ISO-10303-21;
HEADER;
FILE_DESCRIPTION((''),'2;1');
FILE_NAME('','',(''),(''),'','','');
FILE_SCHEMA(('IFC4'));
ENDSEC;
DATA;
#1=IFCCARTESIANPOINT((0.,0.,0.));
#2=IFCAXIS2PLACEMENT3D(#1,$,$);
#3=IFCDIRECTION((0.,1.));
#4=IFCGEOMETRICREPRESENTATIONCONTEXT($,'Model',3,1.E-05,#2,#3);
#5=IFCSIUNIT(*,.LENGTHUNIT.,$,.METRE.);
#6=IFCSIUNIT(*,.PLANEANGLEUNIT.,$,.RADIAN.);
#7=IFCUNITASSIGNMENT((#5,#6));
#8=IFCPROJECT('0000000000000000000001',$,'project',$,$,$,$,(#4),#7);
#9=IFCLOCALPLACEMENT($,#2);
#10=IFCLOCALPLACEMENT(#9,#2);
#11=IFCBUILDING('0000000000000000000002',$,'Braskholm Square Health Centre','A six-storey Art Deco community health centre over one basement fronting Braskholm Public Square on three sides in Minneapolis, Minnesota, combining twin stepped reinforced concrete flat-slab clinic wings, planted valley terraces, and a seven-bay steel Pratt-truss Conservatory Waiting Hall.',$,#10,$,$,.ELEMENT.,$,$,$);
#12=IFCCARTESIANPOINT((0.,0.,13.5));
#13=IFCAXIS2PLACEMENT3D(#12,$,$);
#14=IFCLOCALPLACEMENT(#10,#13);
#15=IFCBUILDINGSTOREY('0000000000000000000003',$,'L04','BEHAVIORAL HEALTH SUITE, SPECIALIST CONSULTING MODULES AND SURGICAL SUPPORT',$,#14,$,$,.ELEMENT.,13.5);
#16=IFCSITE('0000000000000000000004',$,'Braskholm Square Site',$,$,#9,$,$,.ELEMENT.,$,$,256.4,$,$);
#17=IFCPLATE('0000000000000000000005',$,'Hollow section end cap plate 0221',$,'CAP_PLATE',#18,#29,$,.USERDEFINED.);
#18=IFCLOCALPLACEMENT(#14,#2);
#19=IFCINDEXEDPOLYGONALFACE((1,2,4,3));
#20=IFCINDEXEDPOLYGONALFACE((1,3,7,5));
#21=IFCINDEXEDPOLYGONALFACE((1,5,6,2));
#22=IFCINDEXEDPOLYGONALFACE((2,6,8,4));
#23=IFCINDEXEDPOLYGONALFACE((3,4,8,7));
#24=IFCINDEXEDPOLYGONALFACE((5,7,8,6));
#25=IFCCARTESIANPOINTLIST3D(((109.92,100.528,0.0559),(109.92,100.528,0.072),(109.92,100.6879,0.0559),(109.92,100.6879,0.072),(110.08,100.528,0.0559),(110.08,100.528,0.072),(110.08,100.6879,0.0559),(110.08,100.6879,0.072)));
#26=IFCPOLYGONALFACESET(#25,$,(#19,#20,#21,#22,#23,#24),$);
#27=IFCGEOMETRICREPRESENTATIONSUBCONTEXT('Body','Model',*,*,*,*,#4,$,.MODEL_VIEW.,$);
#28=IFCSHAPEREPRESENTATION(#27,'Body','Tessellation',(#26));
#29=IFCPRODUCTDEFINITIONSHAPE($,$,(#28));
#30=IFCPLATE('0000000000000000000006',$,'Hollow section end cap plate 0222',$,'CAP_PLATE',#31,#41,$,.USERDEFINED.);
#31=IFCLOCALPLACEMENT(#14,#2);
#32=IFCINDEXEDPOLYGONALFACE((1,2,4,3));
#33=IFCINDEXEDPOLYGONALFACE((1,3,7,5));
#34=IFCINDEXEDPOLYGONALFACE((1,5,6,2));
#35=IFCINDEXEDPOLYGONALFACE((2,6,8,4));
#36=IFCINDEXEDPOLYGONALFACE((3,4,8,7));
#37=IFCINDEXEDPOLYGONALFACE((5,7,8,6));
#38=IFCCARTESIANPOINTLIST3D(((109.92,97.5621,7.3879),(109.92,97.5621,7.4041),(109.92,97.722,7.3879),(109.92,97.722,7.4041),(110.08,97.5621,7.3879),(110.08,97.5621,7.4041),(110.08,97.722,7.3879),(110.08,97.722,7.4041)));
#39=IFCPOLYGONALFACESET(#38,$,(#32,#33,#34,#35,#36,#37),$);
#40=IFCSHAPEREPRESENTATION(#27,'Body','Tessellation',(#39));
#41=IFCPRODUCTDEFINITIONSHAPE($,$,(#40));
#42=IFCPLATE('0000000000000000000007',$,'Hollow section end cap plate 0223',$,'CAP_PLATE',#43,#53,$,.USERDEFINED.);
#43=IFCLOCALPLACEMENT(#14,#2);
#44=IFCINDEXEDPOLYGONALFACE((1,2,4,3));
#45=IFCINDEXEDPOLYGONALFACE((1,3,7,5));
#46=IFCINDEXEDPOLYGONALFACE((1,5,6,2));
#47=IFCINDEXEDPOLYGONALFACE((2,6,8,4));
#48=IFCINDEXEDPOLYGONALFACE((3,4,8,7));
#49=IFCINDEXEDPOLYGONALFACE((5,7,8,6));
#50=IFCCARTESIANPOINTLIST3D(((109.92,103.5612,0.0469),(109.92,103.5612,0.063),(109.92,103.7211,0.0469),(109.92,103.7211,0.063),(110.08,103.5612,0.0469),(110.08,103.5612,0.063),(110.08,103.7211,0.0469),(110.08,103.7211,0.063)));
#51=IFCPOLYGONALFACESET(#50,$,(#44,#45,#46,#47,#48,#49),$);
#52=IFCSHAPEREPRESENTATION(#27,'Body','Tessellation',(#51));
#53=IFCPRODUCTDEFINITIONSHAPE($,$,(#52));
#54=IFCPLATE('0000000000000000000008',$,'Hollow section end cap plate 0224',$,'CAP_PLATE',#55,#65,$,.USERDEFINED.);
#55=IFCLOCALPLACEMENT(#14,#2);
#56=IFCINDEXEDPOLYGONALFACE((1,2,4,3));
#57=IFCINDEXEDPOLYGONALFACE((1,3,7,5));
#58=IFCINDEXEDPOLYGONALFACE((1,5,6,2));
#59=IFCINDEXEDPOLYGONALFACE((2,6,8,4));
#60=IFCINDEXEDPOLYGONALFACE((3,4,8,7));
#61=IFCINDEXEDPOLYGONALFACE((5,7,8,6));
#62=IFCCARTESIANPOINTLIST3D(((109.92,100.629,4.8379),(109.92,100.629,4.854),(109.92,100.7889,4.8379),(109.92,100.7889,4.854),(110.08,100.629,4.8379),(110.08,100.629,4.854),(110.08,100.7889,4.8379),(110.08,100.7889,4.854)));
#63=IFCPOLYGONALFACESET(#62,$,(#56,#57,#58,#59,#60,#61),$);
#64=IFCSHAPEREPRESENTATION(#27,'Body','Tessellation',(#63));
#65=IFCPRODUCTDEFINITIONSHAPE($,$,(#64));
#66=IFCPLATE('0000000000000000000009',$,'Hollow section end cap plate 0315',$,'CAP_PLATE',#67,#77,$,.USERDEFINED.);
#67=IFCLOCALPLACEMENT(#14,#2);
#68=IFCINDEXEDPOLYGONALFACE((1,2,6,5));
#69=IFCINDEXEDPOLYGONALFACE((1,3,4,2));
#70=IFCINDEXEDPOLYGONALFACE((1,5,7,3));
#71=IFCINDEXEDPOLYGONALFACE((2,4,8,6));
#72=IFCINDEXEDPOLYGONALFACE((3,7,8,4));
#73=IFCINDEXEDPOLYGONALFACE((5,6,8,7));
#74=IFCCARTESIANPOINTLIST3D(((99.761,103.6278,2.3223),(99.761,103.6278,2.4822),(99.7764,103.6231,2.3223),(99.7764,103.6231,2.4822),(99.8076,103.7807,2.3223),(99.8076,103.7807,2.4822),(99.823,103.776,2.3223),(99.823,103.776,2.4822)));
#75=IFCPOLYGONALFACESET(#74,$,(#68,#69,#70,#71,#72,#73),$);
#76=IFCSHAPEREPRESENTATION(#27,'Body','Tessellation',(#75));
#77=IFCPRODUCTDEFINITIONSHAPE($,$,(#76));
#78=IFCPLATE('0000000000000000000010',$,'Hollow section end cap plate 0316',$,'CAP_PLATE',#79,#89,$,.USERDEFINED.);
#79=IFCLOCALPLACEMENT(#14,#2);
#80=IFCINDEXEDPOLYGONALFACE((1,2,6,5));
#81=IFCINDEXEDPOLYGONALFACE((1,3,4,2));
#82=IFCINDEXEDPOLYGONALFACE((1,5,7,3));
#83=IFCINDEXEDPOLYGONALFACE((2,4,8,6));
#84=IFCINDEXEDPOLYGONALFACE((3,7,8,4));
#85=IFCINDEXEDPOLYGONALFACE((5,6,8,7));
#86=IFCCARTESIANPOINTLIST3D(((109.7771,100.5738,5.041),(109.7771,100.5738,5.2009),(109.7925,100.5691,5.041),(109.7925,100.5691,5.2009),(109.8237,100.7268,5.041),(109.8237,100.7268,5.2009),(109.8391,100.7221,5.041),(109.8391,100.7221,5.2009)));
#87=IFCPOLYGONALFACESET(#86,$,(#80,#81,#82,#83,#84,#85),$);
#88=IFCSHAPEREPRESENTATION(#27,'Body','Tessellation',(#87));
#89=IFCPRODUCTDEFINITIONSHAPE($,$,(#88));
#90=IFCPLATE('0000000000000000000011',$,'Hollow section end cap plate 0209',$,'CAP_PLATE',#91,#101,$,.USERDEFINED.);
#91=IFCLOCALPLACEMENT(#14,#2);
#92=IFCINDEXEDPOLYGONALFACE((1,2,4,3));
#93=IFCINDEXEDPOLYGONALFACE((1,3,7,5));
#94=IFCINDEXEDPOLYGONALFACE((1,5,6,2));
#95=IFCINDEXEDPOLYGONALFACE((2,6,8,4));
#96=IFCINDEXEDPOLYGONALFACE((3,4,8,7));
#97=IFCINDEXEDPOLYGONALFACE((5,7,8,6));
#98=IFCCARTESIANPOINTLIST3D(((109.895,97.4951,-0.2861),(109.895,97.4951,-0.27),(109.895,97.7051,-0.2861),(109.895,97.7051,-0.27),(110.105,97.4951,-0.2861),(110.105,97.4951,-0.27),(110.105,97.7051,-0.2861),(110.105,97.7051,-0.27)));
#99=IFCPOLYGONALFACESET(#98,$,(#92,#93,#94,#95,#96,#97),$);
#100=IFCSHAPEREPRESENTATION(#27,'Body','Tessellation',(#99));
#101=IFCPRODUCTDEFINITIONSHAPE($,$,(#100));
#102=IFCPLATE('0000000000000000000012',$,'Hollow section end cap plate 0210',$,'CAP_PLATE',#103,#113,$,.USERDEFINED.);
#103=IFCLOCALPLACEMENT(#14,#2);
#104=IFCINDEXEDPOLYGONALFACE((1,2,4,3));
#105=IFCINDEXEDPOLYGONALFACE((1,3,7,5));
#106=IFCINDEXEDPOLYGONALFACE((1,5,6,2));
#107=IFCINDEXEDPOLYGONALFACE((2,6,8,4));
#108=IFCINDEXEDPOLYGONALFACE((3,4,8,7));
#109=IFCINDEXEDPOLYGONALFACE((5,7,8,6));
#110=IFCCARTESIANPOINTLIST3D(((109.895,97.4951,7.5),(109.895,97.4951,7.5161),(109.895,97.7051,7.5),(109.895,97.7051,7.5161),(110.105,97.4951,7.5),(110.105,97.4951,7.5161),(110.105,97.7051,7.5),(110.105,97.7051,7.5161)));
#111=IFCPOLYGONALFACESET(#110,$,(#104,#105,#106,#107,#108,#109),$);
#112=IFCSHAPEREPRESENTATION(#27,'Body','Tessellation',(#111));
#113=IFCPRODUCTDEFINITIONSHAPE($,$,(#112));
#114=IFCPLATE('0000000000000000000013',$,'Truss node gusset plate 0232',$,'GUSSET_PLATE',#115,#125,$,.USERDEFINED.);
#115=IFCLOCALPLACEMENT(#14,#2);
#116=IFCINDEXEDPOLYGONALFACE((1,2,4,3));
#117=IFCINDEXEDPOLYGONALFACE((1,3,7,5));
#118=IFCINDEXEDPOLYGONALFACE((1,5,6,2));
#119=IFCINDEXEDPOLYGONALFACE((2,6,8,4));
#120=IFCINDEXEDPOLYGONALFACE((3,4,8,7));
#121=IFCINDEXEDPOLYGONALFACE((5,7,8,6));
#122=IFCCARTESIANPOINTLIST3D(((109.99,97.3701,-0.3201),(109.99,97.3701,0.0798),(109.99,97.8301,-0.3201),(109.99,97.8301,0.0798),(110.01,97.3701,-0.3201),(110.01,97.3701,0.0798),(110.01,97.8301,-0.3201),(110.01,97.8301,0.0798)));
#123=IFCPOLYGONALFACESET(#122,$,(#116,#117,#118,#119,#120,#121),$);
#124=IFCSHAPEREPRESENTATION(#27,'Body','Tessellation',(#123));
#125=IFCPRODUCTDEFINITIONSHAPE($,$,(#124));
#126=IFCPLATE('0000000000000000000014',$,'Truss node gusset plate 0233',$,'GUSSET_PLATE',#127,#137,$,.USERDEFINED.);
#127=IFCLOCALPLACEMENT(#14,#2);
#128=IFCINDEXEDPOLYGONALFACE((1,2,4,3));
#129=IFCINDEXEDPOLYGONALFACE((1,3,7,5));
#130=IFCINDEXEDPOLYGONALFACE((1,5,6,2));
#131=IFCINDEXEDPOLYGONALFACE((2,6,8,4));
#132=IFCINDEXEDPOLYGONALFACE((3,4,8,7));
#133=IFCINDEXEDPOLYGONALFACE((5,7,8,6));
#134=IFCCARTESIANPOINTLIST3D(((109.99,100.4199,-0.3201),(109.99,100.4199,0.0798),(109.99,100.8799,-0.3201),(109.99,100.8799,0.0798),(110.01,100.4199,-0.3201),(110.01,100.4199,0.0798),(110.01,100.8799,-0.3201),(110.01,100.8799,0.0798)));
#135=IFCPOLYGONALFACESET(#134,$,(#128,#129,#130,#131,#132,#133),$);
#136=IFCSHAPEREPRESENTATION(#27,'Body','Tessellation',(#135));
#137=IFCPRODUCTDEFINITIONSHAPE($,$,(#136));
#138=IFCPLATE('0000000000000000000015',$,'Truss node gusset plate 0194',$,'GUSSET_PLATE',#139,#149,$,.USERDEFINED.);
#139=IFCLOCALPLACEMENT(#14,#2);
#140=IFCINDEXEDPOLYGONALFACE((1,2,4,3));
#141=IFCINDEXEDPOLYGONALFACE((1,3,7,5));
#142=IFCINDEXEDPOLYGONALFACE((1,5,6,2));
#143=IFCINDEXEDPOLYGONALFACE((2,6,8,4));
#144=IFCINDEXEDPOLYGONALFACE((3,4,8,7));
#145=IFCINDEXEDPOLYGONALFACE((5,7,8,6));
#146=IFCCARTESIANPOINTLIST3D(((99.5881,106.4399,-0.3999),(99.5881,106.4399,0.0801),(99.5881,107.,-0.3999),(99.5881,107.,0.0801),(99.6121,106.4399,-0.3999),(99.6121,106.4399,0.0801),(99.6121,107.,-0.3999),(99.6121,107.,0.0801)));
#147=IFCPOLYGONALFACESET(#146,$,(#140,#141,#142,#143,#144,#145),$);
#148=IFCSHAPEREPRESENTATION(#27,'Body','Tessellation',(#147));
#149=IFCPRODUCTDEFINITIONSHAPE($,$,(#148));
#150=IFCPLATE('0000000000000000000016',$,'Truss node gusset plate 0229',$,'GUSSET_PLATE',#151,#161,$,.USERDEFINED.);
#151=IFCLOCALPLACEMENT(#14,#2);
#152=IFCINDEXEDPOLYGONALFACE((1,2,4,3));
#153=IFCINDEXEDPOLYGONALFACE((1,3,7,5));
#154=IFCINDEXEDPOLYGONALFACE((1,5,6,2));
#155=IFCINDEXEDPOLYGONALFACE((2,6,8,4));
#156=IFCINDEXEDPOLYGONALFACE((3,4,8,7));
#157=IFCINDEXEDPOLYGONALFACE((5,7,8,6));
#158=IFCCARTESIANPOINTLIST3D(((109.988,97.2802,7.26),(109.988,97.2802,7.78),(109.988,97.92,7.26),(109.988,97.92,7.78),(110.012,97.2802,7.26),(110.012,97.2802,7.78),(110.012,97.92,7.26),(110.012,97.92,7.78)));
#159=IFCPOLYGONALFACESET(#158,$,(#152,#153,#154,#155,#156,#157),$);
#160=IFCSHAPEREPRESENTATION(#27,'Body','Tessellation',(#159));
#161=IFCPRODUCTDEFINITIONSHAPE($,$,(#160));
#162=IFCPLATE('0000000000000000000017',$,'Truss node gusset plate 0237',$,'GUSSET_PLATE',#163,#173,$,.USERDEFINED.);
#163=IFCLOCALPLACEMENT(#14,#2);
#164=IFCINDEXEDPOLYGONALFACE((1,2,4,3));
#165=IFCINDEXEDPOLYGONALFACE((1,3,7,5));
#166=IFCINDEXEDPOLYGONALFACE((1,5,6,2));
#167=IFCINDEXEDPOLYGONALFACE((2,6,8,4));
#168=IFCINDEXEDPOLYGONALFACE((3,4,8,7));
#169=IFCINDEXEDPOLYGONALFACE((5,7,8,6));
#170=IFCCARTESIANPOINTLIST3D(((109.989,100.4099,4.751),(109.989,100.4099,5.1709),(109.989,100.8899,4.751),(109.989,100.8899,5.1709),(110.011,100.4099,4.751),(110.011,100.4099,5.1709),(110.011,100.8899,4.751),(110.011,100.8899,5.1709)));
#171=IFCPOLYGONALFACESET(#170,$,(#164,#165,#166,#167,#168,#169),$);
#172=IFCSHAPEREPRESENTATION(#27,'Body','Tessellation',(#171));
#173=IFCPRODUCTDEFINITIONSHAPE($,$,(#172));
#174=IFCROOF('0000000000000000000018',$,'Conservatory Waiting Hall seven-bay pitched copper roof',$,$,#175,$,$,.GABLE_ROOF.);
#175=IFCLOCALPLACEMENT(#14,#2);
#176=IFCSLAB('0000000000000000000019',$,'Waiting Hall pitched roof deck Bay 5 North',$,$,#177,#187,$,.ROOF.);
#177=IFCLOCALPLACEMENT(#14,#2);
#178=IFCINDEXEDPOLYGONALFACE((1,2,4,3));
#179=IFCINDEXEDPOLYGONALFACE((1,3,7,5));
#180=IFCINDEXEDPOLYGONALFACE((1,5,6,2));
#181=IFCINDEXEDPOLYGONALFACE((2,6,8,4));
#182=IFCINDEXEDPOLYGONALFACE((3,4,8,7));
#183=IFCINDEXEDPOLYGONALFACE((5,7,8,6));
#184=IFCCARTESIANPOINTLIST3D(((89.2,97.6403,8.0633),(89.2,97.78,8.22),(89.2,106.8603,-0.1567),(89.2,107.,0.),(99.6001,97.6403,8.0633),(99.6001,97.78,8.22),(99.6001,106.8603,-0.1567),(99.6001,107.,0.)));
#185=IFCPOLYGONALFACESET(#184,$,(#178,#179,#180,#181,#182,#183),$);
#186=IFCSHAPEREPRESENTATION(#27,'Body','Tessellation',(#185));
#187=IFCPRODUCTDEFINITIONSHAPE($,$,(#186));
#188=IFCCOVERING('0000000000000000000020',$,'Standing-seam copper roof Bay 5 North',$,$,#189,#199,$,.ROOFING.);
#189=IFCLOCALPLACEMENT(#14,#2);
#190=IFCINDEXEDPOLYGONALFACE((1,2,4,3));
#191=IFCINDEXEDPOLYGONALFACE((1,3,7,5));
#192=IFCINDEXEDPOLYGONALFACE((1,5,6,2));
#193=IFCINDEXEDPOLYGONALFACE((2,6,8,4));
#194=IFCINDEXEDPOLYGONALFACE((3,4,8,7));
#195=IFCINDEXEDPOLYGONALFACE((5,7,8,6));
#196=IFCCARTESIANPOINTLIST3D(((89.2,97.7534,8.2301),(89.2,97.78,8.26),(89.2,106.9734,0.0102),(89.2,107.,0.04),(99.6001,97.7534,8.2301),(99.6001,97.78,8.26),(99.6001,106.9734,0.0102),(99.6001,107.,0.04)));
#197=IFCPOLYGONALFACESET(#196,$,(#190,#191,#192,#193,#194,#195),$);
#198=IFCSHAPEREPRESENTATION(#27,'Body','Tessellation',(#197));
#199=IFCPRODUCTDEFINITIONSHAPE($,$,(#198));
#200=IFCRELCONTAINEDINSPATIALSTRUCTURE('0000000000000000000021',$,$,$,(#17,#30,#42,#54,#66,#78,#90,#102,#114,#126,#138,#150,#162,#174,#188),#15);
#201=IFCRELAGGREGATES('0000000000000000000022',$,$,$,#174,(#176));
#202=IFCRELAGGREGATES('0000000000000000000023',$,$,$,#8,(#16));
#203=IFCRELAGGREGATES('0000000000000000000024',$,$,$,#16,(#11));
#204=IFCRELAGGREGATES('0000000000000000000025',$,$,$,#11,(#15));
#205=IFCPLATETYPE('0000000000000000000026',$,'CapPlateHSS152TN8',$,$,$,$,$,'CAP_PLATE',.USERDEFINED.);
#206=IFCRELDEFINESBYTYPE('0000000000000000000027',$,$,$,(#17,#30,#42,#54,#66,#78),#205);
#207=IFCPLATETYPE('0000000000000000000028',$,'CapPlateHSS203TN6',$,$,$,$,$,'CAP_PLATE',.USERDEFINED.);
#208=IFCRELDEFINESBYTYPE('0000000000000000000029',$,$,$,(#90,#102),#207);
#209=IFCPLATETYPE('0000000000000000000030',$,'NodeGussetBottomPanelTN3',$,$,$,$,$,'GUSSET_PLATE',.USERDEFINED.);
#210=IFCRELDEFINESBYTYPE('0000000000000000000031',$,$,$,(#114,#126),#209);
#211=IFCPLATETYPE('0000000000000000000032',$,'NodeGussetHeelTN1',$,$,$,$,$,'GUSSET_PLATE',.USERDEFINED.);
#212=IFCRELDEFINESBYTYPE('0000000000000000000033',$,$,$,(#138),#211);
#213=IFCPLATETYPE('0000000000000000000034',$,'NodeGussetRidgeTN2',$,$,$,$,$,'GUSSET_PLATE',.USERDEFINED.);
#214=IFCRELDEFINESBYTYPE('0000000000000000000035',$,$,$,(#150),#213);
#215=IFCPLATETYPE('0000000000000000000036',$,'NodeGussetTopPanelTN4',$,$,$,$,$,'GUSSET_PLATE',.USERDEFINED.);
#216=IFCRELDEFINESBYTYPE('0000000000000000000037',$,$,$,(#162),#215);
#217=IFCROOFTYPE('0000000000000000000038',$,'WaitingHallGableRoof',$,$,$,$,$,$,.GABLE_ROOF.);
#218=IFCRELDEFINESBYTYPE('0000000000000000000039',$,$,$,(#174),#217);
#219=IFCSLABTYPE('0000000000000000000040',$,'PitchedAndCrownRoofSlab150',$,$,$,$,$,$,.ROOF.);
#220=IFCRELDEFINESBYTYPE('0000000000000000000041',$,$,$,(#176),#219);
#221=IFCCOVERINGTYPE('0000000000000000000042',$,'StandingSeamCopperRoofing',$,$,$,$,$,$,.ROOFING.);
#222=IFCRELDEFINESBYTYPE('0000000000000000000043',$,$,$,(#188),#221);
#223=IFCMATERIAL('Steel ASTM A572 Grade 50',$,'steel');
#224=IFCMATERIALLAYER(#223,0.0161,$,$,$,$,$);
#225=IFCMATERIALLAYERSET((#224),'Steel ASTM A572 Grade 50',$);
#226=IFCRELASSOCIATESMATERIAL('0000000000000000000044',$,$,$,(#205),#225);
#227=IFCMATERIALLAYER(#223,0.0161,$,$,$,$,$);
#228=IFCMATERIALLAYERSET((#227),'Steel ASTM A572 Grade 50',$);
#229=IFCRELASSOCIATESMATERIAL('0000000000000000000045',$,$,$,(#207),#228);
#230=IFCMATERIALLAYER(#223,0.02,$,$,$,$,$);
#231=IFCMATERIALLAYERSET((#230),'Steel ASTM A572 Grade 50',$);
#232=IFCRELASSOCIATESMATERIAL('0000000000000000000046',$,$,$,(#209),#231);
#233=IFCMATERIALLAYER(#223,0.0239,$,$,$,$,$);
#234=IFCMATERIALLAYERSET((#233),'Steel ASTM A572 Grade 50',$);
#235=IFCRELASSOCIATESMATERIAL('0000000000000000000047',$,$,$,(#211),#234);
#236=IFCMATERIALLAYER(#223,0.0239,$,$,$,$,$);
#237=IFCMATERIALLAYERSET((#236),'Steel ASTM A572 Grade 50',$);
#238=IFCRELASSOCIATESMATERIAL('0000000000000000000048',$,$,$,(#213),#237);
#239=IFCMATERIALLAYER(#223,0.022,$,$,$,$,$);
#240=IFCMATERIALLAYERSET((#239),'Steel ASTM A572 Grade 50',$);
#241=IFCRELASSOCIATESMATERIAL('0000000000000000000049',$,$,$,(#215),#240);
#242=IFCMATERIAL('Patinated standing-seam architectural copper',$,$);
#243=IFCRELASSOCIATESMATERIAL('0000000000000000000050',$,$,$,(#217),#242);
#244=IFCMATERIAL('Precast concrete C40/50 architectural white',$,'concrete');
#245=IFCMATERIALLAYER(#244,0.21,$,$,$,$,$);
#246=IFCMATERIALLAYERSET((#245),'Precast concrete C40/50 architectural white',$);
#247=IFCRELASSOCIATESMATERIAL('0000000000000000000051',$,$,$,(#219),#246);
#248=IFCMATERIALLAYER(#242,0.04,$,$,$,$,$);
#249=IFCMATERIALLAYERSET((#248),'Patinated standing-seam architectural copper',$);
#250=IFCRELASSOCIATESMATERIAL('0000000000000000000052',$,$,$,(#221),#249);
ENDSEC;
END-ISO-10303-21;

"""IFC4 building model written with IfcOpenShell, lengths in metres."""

from ifc_helpers import new_model, si_unit, direction, frame, origin, origin_2d, place, context, subcontext, project, spatial, polyline, rectangle, outline, extrude, material, layer, layer_set, type_object, element, aggregate, save


model = new_model("IFC4")

# Units and contexts
model_context = context("Model", 3, precision=1e-05, world=origin(), true_north=direction((0.0, 1.0)))
body_context = subcontext(model_context, "Body", "Model", "MODEL_VIEW")
ifc_project = project(units=[si_unit("LENGTHUNIT", "METRE"), si_unit("PLANEANGLEUNIT", "RADIAN")], contexts=[model_context])

# Site, building, storey
site_placement = place(None, origin())
site = spatial("IfcSite", under=ifc_project, at=site_placement, Name="Braskholm Square Site", CompositionType="ELEMENT", RefElevation=256.4)
building_placement = place(site_placement, origin())
building = spatial("IfcBuilding", under=site, at=building_placement, Name="Braskholm Square Health Centre", Description="A six-storey Art Deco community health centre over one basement fronting Braskholm Public Square on three sides in Minneapolis, Minnesota, combining twin stepped reinforced concrete flat-slab clinic wings, planted valley terraces, and a seven-bay steel Pratt-truss Conservatory Waiting Hall.", CompositionType="ELEMENT")
storey_placement = place(building_placement, frame((0.0, 0.0, 13.5)))
storey = spatial("IfcBuildingStorey", under=building, at=storey_placement, Name="L04", Description="BEHAVIORAL HEALTH SUITE, SPECIALIST CONSULTING MODULES AND SURGICAL SUPPORT", CompositionType="ELEMENT", Elevation=13.5)

# Plates
ifc_material_1 = material(Name="Steel ASTM A572 Grade 50", Category="steel")
ifc_layer_1 = layer(ifc_material_1, 0.0161)
ifc_layer_set_1 = layer_set([ifc_layer_1], Name="Steel ASTM A572 Grade 50")
plate_type_1 = type_object("IfcPlateType", Name="CapPlateHSS152TN8", ElementType="CAP_PLATE", PredefinedType="USERDEFINED", material=ifc_layer_set_1)
for number, where, z_axis, x_axis, name in (
    (1, (110.0, 100.6079, 0.0559), (0.0, 0.0, 1.0), (1.0, 0.0, 0.0), "Hollow section end cap plate 0221"),
    (2, (110.0, 97.6421, 7.3879), (0.0, 0.0, 1.0), (1.0, 0.0, 0.0), "Hollow section end cap plate 0222"),
    (3, (110.0, 103.6411, 0.0469), (0.0, 0.0, 1.0), (1.0, 0.0, 0.0), "Hollow section end cap plate 0223"),
    (4, (110.0, 100.709, 4.8379), (0.0, 0.0, 1.0), (1.0, 0.0, 0.0), "Hollow section end cap plate 0224"),
):
    element("IfcPlate", number, at=place(storey_placement, frame(where, z_axis=z_axis, x_axis=x_axis)), inside=storey, type_object=plate_type_1, Name=name, ObjectType="CAP_PLATE", PredefinedType="USERDEFINED", context=body_context, shape_type="SweptSolid", body=[
        extrude(rectangle(XDim=0.1599, YDim=0.1599, at=origin_2d()), origin(), (0.0, 0.0, 1.0), 0.0161),
    ])
for number, where, z_axis, x_axis, name in (
    (5, (99.792, 103.7019, 2.3223), (0.0, 0.0, 1.0), (0.956498, -0.291737, 0.0), "Hollow section end cap plate 0315"),
    (6, (109.8081, 100.6479, 5.041), (0.0, 0.0, 1.0), (0.956498, -0.291737, 0.0), "Hollow section end cap plate 0316"),
):
    element("IfcPlate", number, at=place(storey_placement, frame(where, z_axis=z_axis, x_axis=x_axis)), inside=storey, type_object=plate_type_1, Name=name, ObjectType="CAP_PLATE", PredefinedType="USERDEFINED", context=body_context, shape_type="SweptSolid", body=[
        extrude(rectangle(XDim=0.0161, YDim=0.1599, at=origin_2d()), origin(), (0.0, 0.0, 1.0), 0.1599),
    ])
ifc_layer_2 = layer(ifc_material_1, 0.0161)
ifc_layer_set_2 = layer_set([ifc_layer_2], Name="Steel ASTM A572 Grade 50")
plate_type_2 = type_object("IfcPlateType", Name="CapPlateHSS203TN6", ElementType="CAP_PLATE", PredefinedType="USERDEFINED", material=ifc_layer_set_2)
for number, where, z_axis, x_axis, name in (
    (7, (110.0, 97.6001, -0.2861), (0.0, 0.0, 1.0), (1.0, 0.0, 0.0), "Hollow section end cap plate 0209"),
    (8, (110.0, 97.6001, 7.5), (0.0, 0.0, 1.0), (1.0, 0.0, 0.0), "Hollow section end cap plate 0210"),
):
    element("IfcPlate", number, at=place(storey_placement, frame(where, z_axis=z_axis, x_axis=x_axis)), inside=storey, type_object=plate_type_2, Name=name, ObjectType="CAP_PLATE", PredefinedType="USERDEFINED", context=body_context, shape_type="SweptSolid", body=[
        extrude(rectangle(XDim=0.21, YDim=0.21, at=origin_2d()), origin(), (0.0, 0.0, 1.0), 0.0161),
    ])
ifc_layer_3 = layer(ifc_material_1, 0.02)
ifc_layer_set_3 = layer_set([ifc_layer_3], Name="Steel ASTM A572 Grade 50")
plate_type_3 = type_object("IfcPlateType", Name="NodeGussetBottomPanelTN3", ElementType="GUSSET_PLATE", PredefinedType="USERDEFINED", material=ifc_layer_set_3)
for number, where, z_axis, x_axis, name in (
    (9, (110.0, 97.6001, -0.3201), (0.0, 0.0, 1.0), (1.0, 0.0, 0.0), "Truss node gusset plate 0232"),
    (10, (110.0, 100.6499, -0.3201), (0.0, 0.0, 1.0), (1.0, 0.0, 0.0), "Truss node gusset plate 0233"),
):
    element("IfcPlate", number, at=place(storey_placement, frame(where, z_axis=z_axis, x_axis=x_axis)), inside=storey, type_object=plate_type_3, Name=name, ObjectType="GUSSET_PLATE", PredefinedType="USERDEFINED", context=body_context, shape_type="SweptSolid", body=[
        extrude(rectangle(XDim=0.02, YDim=0.46, at=origin_2d()), origin(), (0.0, 0.0, 1.0), 0.3999),
    ])
ifc_layer_4 = layer(ifc_material_1, 0.0239)
ifc_layer_set_4 = layer_set([ifc_layer_4], Name="Steel ASTM A572 Grade 50")
plate_type_4 = type_object("IfcPlateType", Name="NodeGussetHeelTN1", ElementType="GUSSET_PLATE", PredefinedType="USERDEFINED", material=ifc_layer_set_4)
plate_1_placement = place(storey_placement, frame((99.6001, 106.72, -0.3999), z_axis=(0.0, 0.0, 1.0), x_axis=(1.0, 0.0, 0.0)))
element("IfcPlate", 11, at=plate_1_placement, inside=storey, type_object=plate_type_4, Name="Truss node gusset plate 0194", ObjectType="GUSSET_PLATE", PredefinedType="USERDEFINED", context=body_context, shape_type="SweptSolid", body=[
    extrude(rectangle(XDim=0.0239, YDim=0.5601, at=origin_2d()), origin(), (0.0, 0.0, 1.0), 0.48),
])
ifc_layer_5 = layer(ifc_material_1, 0.0239)
ifc_layer_set_5 = layer_set([ifc_layer_5], Name="Steel ASTM A572 Grade 50")
plate_type_5 = type_object("IfcPlateType", Name="NodeGussetRidgeTN2", ElementType="GUSSET_PLATE", PredefinedType="USERDEFINED", material=ifc_layer_set_5)
plate_2_placement = place(storey_placement, frame((110.0, 97.6001, 7.26), z_axis=(0.0, 0.0, 1.0), x_axis=(1.0, 0.0, 0.0)))
element("IfcPlate", 12, at=plate_2_placement, inside=storey, type_object=plate_type_5, Name="Truss node gusset plate 0229", ObjectType="GUSSET_PLATE", PredefinedType="USERDEFINED", context=body_context, shape_type="SweptSolid", body=[
    extrude(rectangle(XDim=0.0239, YDim=0.6399, at=origin_2d()), origin(), (0.0, 0.0, 1.0), 0.52),
])
ifc_layer_6 = layer(ifc_material_1, 0.022)
ifc_layer_set_6 = layer_set([ifc_layer_6], Name="Steel ASTM A572 Grade 50")
plate_type_6 = type_object("IfcPlateType", Name="NodeGussetTopPanelTN4", ElementType="GUSSET_PLATE", PredefinedType="USERDEFINED", material=ifc_layer_set_6)
plate_3_placement = place(storey_placement, frame((110.0, 100.6499, 4.751), z_axis=(0.0, 0.0, 1.0), x_axis=(1.0, 0.0, 0.0)))
element("IfcPlate", 13, at=plate_3_placement, inside=storey, type_object=plate_type_6, Name="Truss node gusset plate 0237", ObjectType="GUSSET_PLATE", PredefinedType="USERDEFINED", context=body_context, shape_type="SweptSolid", body=[
    extrude(rectangle(XDim=0.022, YDim=0.48, at=origin_2d()), origin(), (0.0, 0.0, 1.0), 0.4199),
])

# Roof, slab
ifc_material_2 = material(Name="Patinated standing-seam architectural copper")
roof_type = type_object("IfcRoofType", Name="WaitingHallGableRoof", PredefinedType="GABLE_ROOF", material=ifc_material_2)
roof_placement = place(storey_placement, origin())
roof = element("IfcRoof", 14, at=roof_placement, inside=storey, type_object=roof_type, Name="Conservatory Waiting Hall seven-bay pitched copper roof", PredefinedType="GABLE_ROOF")
ifc_material_3 = material(Name="Precast concrete C40/50 architectural white", Category="concrete")
ifc_layer_7 = layer(ifc_material_3, 0.21)
ifc_layer_set_7 = layer_set([ifc_layer_7], Name="Precast concrete C40/50 architectural white")
slab_type = type_object("IfcSlabType", Name="PitchedAndCrownRoofSlab150", PredefinedType="ROOF", material=ifc_layer_set_7)
slab_placement = place(storey_placement, frame((99.6001, 107.0, 0.0), z_axis=(0.0, 0.665468, 0.746426), x_axis=(-1.0, 0.0, 0.0)))
slab = element("IfcSlab", 15, at=slab_placement, type_object=slab_type, Name="Waiting Hall pitched roof deck Bay 5 North", PredefinedType="ROOF", context=body_context, shape_type="SweptSolid", body=[
    extrude(outline(polyline([(0.0, 0.0), (10.4001, 0.0), (10.4001, 12.3522), (0.0, 12.3522), (0.0, 0.0)])), origin(), (0.0, 0.0, -1.0), 0.21),
])
aggregate(roof, [slab])

# Covering
ifc_layer_8 = layer(ifc_material_2, 0.04)
ifc_layer_set_8 = layer_set([ifc_layer_8], Name="Patinated standing-seam architectural copper")
covering_type = type_object("IfcCoveringType", Name="StandingSeamCopperRoofing", PredefinedType="ROOFING", material=ifc_layer_set_8)
covering_placement = place(storey_placement, frame((99.6001, 107.0, 0.04), z_axis=(0.0, 0.665468, 0.746426), x_axis=(-1.0, 0.0, 0.0)))
element("IfcCovering", 16, at=covering_placement, inside=storey, type_object=covering_type, Name="Standing-seam copper roof Bay 5 North", PredefinedType="ROOFING", context=body_context, shape_type="SweptSolid", body=[
    extrude(outline(polyline([(0.0, 0.0), (10.4001, 0.0), (10.4001, 12.3522), (0.0, 12.3522), (0.0, 0.0)])), origin(), (0.0, 0.0, -1.0), 0.04),
])

save(model, "model.ifc")
